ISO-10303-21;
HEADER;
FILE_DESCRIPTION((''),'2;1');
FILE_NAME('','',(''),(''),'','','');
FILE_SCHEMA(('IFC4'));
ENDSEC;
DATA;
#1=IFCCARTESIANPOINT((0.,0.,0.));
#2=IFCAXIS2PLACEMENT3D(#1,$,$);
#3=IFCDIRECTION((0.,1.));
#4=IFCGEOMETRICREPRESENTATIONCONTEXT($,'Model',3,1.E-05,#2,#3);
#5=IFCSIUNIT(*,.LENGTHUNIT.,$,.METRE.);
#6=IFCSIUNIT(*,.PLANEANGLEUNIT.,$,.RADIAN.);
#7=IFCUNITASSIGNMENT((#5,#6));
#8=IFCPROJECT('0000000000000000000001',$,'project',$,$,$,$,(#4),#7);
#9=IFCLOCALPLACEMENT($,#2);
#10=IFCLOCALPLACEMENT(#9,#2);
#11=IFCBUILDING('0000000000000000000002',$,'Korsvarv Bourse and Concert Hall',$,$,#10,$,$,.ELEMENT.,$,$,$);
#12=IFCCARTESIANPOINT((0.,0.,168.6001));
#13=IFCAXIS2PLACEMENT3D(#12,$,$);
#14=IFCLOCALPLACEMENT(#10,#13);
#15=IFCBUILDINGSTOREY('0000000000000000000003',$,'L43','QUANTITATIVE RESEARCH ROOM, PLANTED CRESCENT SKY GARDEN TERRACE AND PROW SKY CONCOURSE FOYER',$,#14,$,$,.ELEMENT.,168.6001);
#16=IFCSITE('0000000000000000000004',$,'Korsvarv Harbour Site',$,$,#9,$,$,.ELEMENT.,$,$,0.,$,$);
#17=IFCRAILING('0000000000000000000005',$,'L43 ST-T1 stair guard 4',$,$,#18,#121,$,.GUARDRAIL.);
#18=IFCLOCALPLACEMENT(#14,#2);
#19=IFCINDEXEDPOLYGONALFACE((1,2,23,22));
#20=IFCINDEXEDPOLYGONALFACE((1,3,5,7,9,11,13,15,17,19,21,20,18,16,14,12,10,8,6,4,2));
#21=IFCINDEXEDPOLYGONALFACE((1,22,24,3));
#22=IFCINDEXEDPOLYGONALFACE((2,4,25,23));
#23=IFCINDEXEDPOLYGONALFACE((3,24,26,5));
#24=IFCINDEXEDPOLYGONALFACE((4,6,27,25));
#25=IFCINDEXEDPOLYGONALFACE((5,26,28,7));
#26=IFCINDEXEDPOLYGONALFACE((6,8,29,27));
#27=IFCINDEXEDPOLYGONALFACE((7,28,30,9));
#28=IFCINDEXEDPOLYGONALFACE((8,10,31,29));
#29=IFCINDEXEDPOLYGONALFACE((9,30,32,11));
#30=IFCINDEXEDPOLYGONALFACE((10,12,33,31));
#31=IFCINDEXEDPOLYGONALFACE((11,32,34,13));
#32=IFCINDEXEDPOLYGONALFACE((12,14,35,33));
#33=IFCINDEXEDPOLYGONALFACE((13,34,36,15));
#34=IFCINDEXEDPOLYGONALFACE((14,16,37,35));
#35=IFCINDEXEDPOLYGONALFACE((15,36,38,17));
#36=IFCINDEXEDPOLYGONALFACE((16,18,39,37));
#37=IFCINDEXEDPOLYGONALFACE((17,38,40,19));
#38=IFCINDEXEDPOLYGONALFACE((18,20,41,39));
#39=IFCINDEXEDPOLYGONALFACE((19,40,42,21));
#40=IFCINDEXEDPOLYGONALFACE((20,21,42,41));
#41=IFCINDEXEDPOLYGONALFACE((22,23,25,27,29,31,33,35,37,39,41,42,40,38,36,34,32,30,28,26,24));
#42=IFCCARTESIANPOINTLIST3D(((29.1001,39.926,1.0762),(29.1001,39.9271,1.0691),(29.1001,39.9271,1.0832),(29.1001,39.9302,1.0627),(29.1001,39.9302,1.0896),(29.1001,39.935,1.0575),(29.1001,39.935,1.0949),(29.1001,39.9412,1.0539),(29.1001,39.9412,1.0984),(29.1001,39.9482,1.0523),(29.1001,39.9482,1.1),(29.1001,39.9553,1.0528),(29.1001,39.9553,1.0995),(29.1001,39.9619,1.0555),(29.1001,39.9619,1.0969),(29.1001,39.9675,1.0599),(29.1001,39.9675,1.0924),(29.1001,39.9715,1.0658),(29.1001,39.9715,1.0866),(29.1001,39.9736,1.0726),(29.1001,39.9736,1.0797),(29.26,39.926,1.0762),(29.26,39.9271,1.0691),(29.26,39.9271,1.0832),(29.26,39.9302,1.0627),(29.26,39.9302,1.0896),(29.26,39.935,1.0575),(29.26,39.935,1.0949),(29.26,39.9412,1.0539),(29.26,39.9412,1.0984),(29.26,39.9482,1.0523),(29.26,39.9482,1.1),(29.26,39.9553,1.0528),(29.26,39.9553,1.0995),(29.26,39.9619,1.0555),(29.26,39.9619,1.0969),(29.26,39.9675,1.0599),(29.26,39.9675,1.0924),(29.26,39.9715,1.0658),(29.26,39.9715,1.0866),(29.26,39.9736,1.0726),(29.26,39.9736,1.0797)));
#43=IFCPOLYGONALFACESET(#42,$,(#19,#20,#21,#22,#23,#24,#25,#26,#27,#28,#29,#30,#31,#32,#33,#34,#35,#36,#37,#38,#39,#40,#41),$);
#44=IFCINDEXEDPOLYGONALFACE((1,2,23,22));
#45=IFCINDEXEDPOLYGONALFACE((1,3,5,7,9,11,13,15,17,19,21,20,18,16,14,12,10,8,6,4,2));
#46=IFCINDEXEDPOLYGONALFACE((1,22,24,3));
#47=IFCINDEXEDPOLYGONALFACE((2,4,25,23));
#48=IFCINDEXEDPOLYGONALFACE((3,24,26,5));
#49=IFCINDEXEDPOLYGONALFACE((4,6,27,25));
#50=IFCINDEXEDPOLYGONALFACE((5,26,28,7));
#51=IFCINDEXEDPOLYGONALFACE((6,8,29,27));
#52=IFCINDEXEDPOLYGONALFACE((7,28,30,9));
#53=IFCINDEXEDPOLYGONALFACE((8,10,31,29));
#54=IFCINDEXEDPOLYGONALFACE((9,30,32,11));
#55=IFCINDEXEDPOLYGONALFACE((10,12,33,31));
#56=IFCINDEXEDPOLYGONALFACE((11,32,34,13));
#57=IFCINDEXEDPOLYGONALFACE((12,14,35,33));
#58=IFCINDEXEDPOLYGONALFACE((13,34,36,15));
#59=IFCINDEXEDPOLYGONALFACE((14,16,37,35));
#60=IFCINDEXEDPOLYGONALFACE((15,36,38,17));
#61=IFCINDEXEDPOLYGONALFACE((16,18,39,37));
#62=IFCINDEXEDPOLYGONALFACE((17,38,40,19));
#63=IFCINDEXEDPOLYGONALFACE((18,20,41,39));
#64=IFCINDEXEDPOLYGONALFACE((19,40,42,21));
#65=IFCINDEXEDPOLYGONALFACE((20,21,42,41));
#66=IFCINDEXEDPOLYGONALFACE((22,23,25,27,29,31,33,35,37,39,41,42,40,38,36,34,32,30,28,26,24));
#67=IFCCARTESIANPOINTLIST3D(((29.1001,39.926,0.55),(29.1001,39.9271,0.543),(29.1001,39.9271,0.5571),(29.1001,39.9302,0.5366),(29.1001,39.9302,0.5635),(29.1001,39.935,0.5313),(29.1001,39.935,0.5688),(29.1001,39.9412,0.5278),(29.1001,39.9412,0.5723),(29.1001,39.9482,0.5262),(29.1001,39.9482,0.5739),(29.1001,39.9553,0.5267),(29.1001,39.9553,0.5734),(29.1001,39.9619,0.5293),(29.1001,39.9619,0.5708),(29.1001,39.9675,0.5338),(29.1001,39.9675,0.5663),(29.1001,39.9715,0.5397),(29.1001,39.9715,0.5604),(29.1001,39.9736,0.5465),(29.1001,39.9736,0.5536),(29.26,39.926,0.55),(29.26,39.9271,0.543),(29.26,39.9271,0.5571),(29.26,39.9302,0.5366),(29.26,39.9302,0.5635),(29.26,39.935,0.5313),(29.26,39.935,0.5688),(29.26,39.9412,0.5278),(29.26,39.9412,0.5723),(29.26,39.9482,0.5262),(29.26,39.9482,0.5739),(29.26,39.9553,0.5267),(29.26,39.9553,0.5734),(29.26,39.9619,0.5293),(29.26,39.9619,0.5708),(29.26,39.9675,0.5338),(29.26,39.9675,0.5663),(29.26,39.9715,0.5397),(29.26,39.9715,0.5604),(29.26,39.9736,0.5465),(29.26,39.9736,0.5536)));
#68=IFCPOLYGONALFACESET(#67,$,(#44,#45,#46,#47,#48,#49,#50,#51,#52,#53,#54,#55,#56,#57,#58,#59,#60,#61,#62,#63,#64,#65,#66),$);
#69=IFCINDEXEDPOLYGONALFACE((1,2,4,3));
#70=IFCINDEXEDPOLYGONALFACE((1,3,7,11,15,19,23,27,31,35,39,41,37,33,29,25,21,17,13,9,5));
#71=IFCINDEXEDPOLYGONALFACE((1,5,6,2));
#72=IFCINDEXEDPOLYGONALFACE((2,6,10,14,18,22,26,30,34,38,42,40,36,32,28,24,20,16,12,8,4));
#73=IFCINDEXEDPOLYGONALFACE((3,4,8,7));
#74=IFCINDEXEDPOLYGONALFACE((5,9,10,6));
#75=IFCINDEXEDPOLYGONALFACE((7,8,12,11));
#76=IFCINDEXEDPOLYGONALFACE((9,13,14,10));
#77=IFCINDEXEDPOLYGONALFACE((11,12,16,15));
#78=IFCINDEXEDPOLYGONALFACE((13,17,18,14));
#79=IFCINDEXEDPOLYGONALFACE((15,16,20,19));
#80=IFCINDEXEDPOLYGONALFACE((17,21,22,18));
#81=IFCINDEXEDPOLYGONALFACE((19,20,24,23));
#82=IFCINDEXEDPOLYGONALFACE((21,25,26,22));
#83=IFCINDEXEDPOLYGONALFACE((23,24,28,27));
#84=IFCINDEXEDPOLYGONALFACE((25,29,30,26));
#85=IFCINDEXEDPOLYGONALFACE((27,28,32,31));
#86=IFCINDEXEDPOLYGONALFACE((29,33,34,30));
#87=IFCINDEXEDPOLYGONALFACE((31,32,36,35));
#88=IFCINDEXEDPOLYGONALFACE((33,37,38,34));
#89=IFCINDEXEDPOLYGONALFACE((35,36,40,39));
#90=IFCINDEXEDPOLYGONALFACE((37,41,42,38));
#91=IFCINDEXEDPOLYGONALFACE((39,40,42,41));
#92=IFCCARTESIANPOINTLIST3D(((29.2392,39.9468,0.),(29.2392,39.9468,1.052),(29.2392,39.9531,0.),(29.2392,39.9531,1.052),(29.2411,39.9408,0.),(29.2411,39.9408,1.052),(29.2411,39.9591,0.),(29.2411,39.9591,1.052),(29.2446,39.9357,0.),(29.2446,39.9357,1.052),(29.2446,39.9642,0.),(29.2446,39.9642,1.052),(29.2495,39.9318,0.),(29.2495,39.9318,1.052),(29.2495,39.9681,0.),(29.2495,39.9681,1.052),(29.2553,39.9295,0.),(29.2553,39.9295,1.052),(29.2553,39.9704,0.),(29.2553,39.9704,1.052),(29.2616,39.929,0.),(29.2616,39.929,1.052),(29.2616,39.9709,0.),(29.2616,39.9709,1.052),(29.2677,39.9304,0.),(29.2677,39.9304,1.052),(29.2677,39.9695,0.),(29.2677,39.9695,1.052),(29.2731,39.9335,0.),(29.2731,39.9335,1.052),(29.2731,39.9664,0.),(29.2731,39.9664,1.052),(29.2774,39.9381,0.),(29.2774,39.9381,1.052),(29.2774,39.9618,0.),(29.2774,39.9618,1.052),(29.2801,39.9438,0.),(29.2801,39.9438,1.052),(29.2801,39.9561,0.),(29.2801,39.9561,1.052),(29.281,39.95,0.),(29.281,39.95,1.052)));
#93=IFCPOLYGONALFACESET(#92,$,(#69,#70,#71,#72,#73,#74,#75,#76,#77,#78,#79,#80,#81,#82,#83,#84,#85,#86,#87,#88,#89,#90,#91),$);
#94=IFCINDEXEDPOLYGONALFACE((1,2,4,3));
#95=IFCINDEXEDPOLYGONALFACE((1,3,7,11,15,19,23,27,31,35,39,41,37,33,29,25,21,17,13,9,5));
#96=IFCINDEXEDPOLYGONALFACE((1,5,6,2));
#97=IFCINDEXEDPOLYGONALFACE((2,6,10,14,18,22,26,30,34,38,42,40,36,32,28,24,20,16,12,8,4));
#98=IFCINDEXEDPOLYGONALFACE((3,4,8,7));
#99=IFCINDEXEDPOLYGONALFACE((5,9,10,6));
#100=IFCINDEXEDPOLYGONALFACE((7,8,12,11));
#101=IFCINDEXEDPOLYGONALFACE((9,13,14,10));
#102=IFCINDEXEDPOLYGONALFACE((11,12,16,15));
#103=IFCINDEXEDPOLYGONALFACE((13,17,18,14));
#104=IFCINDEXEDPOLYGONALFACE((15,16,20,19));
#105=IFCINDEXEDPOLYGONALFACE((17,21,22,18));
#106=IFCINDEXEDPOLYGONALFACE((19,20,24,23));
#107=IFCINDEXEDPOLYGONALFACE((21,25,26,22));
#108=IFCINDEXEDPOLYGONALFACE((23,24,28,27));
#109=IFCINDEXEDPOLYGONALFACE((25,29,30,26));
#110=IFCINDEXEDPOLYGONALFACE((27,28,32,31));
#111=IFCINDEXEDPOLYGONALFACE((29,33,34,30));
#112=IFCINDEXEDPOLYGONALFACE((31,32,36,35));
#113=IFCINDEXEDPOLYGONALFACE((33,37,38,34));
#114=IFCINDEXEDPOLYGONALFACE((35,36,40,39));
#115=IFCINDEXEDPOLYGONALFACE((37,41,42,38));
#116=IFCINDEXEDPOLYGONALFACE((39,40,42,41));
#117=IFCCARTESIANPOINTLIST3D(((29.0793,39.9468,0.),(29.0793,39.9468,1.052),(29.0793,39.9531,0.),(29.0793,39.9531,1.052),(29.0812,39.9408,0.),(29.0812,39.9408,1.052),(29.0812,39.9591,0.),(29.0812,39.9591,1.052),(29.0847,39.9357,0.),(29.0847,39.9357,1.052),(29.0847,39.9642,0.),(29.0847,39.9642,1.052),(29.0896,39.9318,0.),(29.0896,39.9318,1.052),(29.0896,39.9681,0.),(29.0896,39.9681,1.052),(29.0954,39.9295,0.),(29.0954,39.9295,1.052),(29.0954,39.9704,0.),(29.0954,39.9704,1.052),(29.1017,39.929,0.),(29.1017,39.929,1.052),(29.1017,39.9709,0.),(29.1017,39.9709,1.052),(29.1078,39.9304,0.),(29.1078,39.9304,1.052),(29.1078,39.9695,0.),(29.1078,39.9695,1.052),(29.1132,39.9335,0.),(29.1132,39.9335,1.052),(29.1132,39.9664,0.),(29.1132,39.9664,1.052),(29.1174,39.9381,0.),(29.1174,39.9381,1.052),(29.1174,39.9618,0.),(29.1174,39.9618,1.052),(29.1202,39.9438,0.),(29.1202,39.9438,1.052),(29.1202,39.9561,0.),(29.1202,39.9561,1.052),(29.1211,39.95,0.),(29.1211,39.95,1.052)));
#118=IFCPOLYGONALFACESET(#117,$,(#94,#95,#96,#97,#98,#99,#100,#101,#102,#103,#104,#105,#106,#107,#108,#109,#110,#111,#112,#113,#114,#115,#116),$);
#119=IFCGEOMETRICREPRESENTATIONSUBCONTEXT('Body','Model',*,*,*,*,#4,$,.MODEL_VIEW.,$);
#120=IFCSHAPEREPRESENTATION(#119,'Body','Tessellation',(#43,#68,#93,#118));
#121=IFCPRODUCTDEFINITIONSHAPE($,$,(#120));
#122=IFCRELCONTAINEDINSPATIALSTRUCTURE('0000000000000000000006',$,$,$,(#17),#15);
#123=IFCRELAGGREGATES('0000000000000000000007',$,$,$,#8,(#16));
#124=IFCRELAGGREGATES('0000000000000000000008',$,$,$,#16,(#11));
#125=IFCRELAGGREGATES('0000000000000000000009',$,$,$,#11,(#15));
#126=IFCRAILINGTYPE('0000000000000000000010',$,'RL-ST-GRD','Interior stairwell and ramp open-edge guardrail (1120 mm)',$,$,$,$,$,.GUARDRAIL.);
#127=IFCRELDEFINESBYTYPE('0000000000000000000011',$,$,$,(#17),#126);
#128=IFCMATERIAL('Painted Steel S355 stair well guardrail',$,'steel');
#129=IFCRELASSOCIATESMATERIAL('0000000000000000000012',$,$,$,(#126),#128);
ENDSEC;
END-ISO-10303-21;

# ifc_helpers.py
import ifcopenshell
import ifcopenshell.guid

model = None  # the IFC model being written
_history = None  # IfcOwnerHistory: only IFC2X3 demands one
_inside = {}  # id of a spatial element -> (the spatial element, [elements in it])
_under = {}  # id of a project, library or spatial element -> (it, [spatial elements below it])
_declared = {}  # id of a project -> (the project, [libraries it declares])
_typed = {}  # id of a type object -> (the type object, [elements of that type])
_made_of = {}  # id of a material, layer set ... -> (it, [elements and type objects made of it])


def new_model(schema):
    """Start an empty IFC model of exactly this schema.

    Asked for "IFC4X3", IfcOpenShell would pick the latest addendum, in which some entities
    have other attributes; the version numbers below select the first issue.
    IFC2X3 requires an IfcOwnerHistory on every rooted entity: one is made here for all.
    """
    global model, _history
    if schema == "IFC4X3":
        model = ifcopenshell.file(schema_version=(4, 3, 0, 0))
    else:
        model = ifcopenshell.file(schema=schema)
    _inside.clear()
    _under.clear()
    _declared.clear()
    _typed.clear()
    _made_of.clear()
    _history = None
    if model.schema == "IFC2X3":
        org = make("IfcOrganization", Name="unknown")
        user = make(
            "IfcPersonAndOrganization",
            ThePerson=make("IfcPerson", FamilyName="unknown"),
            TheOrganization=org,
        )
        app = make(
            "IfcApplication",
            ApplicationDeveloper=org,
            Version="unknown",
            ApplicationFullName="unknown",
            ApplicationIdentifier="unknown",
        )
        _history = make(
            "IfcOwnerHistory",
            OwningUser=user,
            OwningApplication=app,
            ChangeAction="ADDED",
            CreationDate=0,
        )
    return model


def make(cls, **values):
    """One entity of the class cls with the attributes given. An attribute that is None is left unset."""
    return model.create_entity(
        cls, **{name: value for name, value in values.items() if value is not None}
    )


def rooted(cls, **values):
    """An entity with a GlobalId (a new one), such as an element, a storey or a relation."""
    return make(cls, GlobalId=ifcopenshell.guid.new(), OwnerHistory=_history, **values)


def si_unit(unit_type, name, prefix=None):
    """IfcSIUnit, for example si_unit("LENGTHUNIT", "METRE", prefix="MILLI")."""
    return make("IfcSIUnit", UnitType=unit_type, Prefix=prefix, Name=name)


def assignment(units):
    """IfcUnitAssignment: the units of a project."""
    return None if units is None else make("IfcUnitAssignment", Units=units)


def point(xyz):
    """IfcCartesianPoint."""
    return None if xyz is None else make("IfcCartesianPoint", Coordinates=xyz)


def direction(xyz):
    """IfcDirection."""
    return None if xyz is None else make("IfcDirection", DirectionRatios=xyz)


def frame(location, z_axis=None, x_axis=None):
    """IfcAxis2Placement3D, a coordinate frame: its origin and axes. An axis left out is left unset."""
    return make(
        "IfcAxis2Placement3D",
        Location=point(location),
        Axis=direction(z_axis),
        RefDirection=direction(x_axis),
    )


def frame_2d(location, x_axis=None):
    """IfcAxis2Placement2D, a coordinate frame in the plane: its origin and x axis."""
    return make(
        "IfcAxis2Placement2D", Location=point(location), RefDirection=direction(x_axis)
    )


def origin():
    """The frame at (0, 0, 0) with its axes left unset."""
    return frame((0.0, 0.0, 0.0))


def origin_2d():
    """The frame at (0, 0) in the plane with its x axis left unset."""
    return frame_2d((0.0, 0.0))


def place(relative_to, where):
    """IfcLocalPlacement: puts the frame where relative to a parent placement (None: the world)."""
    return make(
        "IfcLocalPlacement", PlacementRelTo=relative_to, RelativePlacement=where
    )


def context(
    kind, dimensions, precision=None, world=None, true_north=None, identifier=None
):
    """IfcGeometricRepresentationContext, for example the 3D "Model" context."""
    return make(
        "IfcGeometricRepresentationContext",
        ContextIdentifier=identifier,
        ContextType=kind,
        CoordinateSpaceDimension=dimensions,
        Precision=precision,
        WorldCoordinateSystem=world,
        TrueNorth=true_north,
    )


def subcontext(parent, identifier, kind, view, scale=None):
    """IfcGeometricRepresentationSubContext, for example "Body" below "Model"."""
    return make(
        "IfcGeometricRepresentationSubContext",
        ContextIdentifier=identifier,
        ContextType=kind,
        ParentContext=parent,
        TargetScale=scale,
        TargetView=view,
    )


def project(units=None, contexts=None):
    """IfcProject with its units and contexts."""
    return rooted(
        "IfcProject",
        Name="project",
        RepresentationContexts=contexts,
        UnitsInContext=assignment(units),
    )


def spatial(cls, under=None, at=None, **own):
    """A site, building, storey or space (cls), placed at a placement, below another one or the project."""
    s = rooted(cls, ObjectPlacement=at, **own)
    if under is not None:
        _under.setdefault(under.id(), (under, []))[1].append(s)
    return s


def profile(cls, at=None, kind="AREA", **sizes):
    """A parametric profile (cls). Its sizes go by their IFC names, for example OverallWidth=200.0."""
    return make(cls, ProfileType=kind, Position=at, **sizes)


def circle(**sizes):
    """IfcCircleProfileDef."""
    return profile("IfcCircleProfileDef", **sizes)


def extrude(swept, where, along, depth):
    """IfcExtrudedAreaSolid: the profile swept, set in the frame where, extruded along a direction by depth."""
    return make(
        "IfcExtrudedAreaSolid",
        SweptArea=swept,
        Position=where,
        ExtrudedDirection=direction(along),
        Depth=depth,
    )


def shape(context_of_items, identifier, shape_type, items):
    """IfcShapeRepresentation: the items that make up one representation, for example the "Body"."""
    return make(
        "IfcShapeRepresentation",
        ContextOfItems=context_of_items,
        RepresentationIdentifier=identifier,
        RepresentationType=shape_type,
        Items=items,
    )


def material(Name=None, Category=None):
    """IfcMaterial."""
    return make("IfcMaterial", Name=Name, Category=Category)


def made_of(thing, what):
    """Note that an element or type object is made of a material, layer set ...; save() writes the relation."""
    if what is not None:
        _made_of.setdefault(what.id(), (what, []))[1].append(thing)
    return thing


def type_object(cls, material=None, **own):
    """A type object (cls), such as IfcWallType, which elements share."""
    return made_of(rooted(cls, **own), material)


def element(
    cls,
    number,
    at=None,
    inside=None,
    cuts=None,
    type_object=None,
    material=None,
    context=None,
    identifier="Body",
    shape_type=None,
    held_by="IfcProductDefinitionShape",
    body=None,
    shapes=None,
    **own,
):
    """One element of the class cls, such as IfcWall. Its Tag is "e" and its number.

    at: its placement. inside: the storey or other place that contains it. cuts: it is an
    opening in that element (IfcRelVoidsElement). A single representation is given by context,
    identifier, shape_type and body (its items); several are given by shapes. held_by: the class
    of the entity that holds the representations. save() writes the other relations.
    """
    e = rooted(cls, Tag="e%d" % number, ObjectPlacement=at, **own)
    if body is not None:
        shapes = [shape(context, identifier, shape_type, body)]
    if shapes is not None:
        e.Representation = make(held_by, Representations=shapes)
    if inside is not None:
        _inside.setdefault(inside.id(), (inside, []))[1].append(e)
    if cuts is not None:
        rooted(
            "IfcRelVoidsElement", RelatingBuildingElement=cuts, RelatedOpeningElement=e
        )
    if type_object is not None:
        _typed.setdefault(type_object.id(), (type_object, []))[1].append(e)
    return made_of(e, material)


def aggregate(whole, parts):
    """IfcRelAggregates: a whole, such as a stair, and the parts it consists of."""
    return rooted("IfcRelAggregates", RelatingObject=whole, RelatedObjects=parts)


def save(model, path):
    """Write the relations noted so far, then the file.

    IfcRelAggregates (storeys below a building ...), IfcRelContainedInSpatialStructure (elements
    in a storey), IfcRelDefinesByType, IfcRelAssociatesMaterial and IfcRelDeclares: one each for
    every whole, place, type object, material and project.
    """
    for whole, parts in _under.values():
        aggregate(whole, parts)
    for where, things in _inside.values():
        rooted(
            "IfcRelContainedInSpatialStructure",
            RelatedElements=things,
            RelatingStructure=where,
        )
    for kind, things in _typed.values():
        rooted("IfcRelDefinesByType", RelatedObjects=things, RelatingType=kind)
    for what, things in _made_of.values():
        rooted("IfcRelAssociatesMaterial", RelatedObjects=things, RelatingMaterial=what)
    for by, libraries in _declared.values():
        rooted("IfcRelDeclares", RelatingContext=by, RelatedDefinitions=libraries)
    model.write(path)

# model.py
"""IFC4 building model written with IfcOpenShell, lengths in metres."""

from ifc_helpers import new_model, si_unit, direction, frame, origin, origin_2d, place, context, subcontext, project, spatial, circle, extrude, material, type_object, element, save


model = new_model("IFC4")

# Units and contexts
model_context = context("Model", 3, precision=1e-05, world=origin(), true_north=direction((0.0, 1.0)))
body_context = subcontext(model_context, "Body", "Model", "MODEL_VIEW")
ifc_project = project(units=[si_unit("LENGTHUNIT", "METRE"), si_unit("PLANEANGLEUNIT", "RADIAN")], contexts=[model_context])

# Site, building, storey
site_placement = place(None, origin())
site = spatial("IfcSite", under=ifc_project, at=site_placement, Name="Korsvarv Harbour Site", CompositionType="ELEMENT", RefElevation=0.0)
building_placement = place(site_placement, origin())
building = spatial("IfcBuilding", under=site, at=building_placement, Name="Korsvarv Bourse and Concert Hall", CompositionType="ELEMENT")
storey_placement = place(building_placement, frame((0.0, 0.0, 168.6001)))
storey = spatial("IfcBuildingStorey", under=building, at=storey_placement, Name="L43", Description="QUANTITATIVE RESEARCH ROOM, PLANTED CRESCENT SKY GARDEN TERRACE AND PROW SKY CONCOURSE FOYER", CompositionType="ELEMENT", Elevation=168.6001)

# Railing
ifc_material_1 = material(Name="Painted Steel S355 stair well guardrail", Category="steel")
railing_type_1 = type_object("IfcRailingType", Name="RL-ST-GRD", Description="Interior stairwell and ramp open-edge guardrail (1120 mm)", PredefinedType="GUARDRAIL", material=ifc_material_1)
railing_1_placement = place(storey_placement, frame((29.26, 39.95, 0.0)))
element("IfcRailing", 1, at=railing_1_placement, inside=storey, type_object=railing_type_1, Name="L43 ST-T1 stair guard 4", PredefinedType="GUARDRAIL", context=body_context, shape_type="SweptSolid", body=[
    extrude(circle(Radius=0.0239, at=origin_2d()), frame((0.0, 0.0, 1.0762), z_axis=(-1.0, 0.0, 0.0), x_axis=(0.0, -1.0, 0.0)), (0.0, 0.0, 1.0), 0.1599),
    extrude(circle(Radius=0.0239, at=origin_2d()), frame((0.0, 0.0, 0.55), z_axis=(-1.0, 0.0, 0.0), x_axis=(0.0, -1.0, 0.0)), (0.0, 0.0, 1.0), 0.1599),
    extrude(circle(Radius=0.021, at=origin_2d()), origin(), (0.0, 0.0, 1.0), 1.052),
    extrude(circle(Radius=0.021, at=origin_2d()), frame((-0.1599, 0.0, 0.0)), (0.0, 0.0, 1.0), 1.052),
])

save(model, "model.ifc")
